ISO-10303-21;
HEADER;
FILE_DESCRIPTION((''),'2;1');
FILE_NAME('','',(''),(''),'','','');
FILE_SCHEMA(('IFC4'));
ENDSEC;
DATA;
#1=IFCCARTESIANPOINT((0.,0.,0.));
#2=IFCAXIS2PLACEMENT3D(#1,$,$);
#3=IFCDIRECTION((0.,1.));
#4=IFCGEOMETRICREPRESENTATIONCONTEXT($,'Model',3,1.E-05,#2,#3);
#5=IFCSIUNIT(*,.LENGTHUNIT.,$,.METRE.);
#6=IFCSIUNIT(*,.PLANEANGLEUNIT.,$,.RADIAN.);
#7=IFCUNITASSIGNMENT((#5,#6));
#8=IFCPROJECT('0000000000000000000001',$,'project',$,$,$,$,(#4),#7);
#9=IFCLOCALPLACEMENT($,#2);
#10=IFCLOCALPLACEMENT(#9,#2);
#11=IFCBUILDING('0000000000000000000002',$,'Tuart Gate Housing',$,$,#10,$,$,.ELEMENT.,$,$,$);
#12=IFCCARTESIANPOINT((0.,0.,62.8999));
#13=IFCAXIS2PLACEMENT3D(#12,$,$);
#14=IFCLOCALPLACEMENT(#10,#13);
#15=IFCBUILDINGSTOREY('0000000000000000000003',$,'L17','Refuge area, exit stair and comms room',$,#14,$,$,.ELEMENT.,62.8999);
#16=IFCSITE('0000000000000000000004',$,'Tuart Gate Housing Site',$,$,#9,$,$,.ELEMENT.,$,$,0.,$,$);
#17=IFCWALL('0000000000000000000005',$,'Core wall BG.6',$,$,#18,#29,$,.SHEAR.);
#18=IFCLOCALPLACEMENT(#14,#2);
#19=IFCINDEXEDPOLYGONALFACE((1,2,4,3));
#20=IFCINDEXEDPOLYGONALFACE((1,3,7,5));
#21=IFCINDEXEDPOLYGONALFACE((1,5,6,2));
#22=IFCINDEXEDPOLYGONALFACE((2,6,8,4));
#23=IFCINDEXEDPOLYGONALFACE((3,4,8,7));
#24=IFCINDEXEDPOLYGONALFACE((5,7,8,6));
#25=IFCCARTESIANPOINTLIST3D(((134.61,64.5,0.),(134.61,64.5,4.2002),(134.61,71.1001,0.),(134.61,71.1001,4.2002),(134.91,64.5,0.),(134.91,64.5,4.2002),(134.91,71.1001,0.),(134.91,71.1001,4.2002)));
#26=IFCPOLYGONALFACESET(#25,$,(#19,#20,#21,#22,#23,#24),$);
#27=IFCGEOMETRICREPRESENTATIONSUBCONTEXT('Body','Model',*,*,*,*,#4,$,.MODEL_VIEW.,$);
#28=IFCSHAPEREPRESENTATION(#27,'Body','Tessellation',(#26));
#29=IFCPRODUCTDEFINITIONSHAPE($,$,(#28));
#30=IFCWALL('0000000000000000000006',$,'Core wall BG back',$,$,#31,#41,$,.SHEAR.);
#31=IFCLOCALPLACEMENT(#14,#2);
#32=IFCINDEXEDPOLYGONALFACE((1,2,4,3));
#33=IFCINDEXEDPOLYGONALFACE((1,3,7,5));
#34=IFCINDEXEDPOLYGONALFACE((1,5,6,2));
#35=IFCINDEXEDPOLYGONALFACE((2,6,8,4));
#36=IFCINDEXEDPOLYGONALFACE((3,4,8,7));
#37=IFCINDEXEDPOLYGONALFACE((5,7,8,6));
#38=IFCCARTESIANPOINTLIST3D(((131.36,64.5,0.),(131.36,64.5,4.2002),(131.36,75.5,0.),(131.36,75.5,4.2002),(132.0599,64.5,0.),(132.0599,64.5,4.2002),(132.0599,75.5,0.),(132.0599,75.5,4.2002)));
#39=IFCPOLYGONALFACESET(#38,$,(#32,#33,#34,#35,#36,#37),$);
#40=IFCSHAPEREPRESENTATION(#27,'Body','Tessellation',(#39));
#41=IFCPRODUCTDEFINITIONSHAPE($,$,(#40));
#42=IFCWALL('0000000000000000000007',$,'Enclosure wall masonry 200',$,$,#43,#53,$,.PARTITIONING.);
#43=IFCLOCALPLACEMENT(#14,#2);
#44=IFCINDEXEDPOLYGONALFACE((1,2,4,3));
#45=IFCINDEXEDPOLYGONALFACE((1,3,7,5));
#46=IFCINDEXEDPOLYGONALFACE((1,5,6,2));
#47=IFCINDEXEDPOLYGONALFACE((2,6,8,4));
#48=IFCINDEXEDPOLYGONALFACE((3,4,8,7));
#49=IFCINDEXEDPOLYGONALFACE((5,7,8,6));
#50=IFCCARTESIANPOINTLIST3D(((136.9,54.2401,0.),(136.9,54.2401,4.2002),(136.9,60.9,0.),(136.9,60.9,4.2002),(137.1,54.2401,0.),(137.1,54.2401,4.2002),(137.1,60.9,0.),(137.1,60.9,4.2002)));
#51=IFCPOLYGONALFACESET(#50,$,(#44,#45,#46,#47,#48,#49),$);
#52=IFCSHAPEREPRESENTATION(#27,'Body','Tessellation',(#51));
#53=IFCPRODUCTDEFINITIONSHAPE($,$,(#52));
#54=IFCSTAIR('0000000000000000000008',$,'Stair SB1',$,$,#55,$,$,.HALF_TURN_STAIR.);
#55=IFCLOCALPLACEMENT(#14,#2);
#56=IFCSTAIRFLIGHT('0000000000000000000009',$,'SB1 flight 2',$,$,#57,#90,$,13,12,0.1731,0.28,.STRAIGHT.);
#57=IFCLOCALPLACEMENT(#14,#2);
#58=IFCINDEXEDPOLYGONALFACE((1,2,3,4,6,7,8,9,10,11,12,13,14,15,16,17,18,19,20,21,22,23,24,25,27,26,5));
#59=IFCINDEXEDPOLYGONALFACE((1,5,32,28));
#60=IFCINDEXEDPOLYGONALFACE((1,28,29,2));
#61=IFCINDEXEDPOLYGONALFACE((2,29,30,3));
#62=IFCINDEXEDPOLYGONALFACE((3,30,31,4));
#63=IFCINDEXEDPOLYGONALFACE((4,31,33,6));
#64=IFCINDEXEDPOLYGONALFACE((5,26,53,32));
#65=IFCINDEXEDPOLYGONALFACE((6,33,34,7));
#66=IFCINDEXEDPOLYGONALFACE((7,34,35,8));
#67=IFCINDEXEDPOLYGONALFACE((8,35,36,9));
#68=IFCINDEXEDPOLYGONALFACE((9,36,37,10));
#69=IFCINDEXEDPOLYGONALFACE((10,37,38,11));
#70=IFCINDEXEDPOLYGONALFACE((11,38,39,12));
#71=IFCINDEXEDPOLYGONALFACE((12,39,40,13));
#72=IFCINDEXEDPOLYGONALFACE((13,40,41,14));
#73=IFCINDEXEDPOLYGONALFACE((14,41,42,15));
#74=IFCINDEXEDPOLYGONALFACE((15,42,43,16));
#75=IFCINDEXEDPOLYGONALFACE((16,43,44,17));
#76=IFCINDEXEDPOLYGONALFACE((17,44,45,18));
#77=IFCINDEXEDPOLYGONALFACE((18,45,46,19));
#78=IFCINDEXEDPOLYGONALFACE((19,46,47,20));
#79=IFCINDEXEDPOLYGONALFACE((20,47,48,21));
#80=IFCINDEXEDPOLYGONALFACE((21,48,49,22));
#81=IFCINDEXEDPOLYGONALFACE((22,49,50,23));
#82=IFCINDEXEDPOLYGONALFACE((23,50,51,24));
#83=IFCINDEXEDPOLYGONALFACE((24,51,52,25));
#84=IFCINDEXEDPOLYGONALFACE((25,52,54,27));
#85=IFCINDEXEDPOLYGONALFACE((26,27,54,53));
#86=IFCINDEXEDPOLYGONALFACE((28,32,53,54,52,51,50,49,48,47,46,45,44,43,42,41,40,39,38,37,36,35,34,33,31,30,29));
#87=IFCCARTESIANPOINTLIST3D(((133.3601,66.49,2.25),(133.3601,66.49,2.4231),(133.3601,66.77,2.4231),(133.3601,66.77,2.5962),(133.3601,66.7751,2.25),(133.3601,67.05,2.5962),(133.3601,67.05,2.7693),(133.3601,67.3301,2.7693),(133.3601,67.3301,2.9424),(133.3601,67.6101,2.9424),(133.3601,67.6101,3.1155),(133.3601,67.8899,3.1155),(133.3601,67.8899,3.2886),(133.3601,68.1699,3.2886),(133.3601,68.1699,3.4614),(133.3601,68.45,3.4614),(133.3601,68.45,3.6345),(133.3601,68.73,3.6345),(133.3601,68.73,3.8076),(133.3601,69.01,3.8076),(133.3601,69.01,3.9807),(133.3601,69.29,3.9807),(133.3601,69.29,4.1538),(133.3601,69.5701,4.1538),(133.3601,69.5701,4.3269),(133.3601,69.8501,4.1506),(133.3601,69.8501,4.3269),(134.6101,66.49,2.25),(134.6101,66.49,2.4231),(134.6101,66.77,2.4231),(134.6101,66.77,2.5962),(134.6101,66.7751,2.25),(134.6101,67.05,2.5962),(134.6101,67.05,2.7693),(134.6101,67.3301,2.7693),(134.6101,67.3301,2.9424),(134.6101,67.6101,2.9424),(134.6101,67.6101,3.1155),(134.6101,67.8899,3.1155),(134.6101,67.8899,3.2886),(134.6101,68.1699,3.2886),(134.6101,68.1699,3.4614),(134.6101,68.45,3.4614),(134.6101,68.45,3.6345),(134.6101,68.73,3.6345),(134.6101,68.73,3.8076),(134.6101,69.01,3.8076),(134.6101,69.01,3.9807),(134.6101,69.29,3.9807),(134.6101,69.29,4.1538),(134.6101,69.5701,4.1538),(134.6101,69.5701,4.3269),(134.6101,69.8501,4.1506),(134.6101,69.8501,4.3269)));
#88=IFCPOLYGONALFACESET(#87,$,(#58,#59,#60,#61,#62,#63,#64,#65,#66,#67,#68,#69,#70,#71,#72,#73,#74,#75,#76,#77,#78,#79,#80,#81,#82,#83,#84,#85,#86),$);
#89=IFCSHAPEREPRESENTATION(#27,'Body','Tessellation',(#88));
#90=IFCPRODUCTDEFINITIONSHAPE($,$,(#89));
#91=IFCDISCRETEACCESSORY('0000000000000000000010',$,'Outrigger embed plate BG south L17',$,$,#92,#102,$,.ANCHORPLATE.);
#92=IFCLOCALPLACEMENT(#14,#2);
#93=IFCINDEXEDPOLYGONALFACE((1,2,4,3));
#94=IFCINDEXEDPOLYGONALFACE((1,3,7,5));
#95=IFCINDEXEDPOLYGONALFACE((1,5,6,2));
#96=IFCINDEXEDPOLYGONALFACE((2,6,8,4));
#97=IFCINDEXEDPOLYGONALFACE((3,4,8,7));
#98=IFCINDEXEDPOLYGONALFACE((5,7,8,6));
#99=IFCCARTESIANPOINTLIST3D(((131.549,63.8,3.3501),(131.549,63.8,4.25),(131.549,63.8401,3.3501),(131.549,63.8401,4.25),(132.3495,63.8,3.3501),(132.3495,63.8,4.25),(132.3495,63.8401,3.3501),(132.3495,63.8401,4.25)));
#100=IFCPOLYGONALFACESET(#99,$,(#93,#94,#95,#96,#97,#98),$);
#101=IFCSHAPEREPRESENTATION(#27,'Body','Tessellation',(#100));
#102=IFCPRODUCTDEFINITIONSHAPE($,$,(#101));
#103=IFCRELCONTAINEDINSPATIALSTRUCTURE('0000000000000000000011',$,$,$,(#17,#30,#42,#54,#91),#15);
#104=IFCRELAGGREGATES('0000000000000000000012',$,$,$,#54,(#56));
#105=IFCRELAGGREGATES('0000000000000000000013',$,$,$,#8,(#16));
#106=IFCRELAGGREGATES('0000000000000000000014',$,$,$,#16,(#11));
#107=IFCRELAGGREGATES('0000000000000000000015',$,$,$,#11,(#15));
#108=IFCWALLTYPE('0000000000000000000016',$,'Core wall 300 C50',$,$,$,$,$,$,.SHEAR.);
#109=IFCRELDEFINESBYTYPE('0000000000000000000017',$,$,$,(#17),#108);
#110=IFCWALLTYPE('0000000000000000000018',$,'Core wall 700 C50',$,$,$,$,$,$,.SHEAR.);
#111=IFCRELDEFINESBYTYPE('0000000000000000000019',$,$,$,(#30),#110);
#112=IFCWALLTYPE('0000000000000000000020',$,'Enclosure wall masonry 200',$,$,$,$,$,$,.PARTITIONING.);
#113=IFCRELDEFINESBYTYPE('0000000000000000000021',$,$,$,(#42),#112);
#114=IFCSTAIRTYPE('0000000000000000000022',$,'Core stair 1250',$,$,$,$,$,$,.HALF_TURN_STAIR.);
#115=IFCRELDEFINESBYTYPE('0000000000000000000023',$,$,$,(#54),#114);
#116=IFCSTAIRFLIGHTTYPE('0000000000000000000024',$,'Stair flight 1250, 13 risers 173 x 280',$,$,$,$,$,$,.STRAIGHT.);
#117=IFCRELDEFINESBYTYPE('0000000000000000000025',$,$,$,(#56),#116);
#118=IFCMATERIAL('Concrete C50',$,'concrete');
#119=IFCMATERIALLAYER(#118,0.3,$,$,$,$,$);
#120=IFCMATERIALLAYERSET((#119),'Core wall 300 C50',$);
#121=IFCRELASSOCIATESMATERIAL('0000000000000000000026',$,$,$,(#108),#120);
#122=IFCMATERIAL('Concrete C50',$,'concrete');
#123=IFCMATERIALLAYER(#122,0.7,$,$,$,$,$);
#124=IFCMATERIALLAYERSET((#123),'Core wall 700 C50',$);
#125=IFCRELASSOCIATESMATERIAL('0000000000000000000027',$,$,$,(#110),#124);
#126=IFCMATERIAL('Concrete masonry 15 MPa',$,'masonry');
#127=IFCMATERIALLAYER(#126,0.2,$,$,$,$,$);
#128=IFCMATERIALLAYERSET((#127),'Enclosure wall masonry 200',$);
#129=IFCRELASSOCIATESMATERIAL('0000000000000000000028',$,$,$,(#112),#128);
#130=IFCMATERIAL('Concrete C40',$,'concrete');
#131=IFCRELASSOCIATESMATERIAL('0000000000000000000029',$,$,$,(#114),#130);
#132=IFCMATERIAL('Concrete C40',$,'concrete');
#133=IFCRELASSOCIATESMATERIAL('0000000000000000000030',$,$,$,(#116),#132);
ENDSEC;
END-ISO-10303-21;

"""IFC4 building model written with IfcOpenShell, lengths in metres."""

from ifc_helpers import new_model, si_unit, direction, frame, frame_2d, origin, origin_2d, place, context, subcontext, project, spatial, polyline, rectangle, outline, extrude, material, layer, layer_set, type_object, element, aggregate, save


model = new_model("IFC4")

# Units and contexts
model_context = context("Model", 3, precision=1e-05, world=origin(), true_north=direction((0.0, 1.0)))
body_context = subcontext(model_context, "Body", "Model", "MODEL_VIEW")
ifc_project = project(units=[si_unit("LENGTHUNIT", "METRE"), si_unit("PLANEANGLEUNIT", "RADIAN")], contexts=[model_context])

# Site, building, storey
site_placement = place(None, origin())
site = spatial("IfcSite", under=ifc_project, at=site_placement, Name="Tuart Gate Housing Site", CompositionType="ELEMENT", RefElevation=0.0)
building_placement = place(site_placement, origin())
building = spatial("IfcBuilding", under=site, at=building_placement, Name="Tuart Gate Housing", CompositionType="ELEMENT")
storey_placement = place(building_placement, frame((0.0, 0.0, 62.8999)))
storey = spatial("IfcBuildingStorey", under=building, at=storey_placement, Name="L17", Description="Refuge area, exit stair and comms room", CompositionType="ELEMENT", Elevation=62.8999)

# Walls
ifc_material_1 = material(Name="Concrete C50", Category="concrete")
ifc_layer_1 = layer(ifc_material_1, 0.3)
ifc_layer_set_1 = layer_set([ifc_layer_1], Name="Core wall 300 C50")
wall_type_1 = type_object("IfcWallType", Name="Core wall 300 C50", PredefinedType="SHEAR", material=ifc_layer_set_1)
wall_1_placement = place(storey_placement, frame((134.76, 64.5, 0.0), z_axis=(0.0, 0.0, 1.0), x_axis=(0.0, 1.0, 0.0)))
element("IfcWall", 1, at=wall_1_placement, inside=storey, type_object=wall_type_1, Name="Core wall BG.6", PredefinedType="SHEAR", context=body_context, shape_type="SweptSolid", body=[
    extrude(rectangle(XDim=6.6001, YDim=0.3, at=frame_2d((3.3, 0.0))), origin(), (0.0, 0.0, 1.0), 4.2002),
])
ifc_material_2 = material(Name="Concrete C50", Category="concrete")
ifc_layer_2 = layer(ifc_material_2, 0.7)
ifc_layer_set_2 = layer_set([ifc_layer_2], Name="Core wall 700 C50")
wall_type_2 = type_object("IfcWallType", Name="Core wall 700 C50", PredefinedType="SHEAR", material=ifc_layer_set_2)
wall_2_placement = place(storey_placement, frame((131.71, 64.5, 0.0), z_axis=(0.0, 0.0, 1.0), x_axis=(0.0, 1.0, 0.0)))
element("IfcWall", 2, at=wall_2_placement, inside=storey, type_object=wall_type_2, Name="Core wall BG back", PredefinedType="SHEAR", context=body_context, shape_type="SweptSolid", body=[
    extrude(rectangle(XDim=11.0, YDim=0.7, at=frame_2d((5.5, 0.0))), origin(), (0.0, 0.0, 1.0), 4.2002),
])
ifc_material_3 = material(Name="Concrete masonry 15 MPa", Category="masonry")
ifc_layer_3 = layer(ifc_material_3, 0.2)
ifc_layer_set_3 = layer_set([ifc_layer_3], Name="Enclosure wall masonry 200")
wall_type_3 = type_object("IfcWallType", Name="Enclosure wall masonry 200", PredefinedType="PARTITIONING", material=ifc_layer_set_3)
wall_3_placement = place(storey_placement, frame((137.0, 54.24, 0.0), z_axis=(0.0, 0.0, 1.0), x_axis=(0.0, 1.0, 0.0)))
element("IfcWall", 3, at=wall_3_placement, inside=storey, type_object=wall_type_3, Name="Enclosure wall masonry 200", PredefinedType="PARTITIONING", context=body_context, shape_type="SweptSolid", body=[
    extrude(rectangle(XDim=6.6599, YDim=0.2, at=frame_2d((3.3301, 0.0))), origin(), (0.0, 0.0, 1.0), 4.2002),
])

# Stair, stair flight
ifc_material_4 = material(Name="Concrete C40", Category="concrete")
stair_type = type_object("IfcStairType", Name="Core stair 1250", PredefinedType="HALF_TURN_STAIR", material=ifc_material_4)
stair_placement = place(storey_placement, origin())
stair = element("IfcStair", 4, at=stair_placement, inside=storey, type_object=stair_type, Name="Stair SB1", PredefinedType="HALF_TURN_STAIR")
ifc_material_5 = material(Name="Concrete C40", Category="concrete")
stair_flight_type = type_object("IfcStairFlightType", Name="Stair flight 1250, 13 risers 173 x 280", PredefinedType="STRAIGHT", material=ifc_material_5)
stair_flight_placement = place(storey_placement, frame((133.9851, 66.49, 2.25), z_axis=(0.0, 0.0, 1.0), x_axis=(0.0, 1.0, 0.0)))
stair_flight = element("IfcStairFlight", 5, at=stair_flight_placement, type_object=stair_flight_type, Name="SB1 flight 2", NumberOfRisers=13, NumberOfTreads=12, PredefinedType="STRAIGHT", RiserHeight=0.1731, TreadLength=0.28, context=body_context, shape_type="SweptSolid", body=[
    extrude(outline(polyline([(0.0, 0.0), (0.0, 0.1731), (0.28, 0.1731), (0.28, 0.3462), (0.5601, 0.3462), (0.5601, 0.5193), (0.8401, 0.5193), (0.8401, 0.6924), (1.1201, 0.6924), (1.1201, 0.8655), (1.3999, 0.8655), (1.3999, 1.0386), (1.6799, 1.0386), (1.6799, 1.2114), (1.96, 1.2114), (1.96, 1.3845), (2.24, 1.3845), (2.24, 1.5576), (2.52, 1.5576), (2.52, 1.7307), (2.8, 1.7307), (2.8, 1.9038), (3.0801, 1.9038), (3.0801, 2.0769), (3.3601, 2.0769), (3.3601, 2.25), (3.3601, 1.9006), (0.2852, 0.0), (0.0, 0.0)])), frame((0.0, 0.625, 0.0), z_axis=(0.0, -1.0, 0.0), x_axis=(1.0, 0.0, 0.0)), (0.0, 0.0, 1.0), 1.25),
])
aggregate(stair, [stair_flight])

# Discrete accessory
discrete_accessory_placement = place(storey_placement, frame((131.9492, 63.8201, 3.3501), z_axis=(0.0, 0.0, 1.0), x_axis=(1.0, 0.0, 0.0)))
element("IfcDiscreteAccessory", 6, at=discrete_accessory_placement, inside=storey, Name="Outrigger embed plate BG south L17", PredefinedType="ANCHORPLATE", context=body_context, shape_type="SweptSolid", body=[
    extrude(rectangle(XDim=0.8005, YDim=0.04, at=origin_2d()), origin(), (0.0, 0.0, 1.0), 0.8999),
])

save(model, "model.ifc")
